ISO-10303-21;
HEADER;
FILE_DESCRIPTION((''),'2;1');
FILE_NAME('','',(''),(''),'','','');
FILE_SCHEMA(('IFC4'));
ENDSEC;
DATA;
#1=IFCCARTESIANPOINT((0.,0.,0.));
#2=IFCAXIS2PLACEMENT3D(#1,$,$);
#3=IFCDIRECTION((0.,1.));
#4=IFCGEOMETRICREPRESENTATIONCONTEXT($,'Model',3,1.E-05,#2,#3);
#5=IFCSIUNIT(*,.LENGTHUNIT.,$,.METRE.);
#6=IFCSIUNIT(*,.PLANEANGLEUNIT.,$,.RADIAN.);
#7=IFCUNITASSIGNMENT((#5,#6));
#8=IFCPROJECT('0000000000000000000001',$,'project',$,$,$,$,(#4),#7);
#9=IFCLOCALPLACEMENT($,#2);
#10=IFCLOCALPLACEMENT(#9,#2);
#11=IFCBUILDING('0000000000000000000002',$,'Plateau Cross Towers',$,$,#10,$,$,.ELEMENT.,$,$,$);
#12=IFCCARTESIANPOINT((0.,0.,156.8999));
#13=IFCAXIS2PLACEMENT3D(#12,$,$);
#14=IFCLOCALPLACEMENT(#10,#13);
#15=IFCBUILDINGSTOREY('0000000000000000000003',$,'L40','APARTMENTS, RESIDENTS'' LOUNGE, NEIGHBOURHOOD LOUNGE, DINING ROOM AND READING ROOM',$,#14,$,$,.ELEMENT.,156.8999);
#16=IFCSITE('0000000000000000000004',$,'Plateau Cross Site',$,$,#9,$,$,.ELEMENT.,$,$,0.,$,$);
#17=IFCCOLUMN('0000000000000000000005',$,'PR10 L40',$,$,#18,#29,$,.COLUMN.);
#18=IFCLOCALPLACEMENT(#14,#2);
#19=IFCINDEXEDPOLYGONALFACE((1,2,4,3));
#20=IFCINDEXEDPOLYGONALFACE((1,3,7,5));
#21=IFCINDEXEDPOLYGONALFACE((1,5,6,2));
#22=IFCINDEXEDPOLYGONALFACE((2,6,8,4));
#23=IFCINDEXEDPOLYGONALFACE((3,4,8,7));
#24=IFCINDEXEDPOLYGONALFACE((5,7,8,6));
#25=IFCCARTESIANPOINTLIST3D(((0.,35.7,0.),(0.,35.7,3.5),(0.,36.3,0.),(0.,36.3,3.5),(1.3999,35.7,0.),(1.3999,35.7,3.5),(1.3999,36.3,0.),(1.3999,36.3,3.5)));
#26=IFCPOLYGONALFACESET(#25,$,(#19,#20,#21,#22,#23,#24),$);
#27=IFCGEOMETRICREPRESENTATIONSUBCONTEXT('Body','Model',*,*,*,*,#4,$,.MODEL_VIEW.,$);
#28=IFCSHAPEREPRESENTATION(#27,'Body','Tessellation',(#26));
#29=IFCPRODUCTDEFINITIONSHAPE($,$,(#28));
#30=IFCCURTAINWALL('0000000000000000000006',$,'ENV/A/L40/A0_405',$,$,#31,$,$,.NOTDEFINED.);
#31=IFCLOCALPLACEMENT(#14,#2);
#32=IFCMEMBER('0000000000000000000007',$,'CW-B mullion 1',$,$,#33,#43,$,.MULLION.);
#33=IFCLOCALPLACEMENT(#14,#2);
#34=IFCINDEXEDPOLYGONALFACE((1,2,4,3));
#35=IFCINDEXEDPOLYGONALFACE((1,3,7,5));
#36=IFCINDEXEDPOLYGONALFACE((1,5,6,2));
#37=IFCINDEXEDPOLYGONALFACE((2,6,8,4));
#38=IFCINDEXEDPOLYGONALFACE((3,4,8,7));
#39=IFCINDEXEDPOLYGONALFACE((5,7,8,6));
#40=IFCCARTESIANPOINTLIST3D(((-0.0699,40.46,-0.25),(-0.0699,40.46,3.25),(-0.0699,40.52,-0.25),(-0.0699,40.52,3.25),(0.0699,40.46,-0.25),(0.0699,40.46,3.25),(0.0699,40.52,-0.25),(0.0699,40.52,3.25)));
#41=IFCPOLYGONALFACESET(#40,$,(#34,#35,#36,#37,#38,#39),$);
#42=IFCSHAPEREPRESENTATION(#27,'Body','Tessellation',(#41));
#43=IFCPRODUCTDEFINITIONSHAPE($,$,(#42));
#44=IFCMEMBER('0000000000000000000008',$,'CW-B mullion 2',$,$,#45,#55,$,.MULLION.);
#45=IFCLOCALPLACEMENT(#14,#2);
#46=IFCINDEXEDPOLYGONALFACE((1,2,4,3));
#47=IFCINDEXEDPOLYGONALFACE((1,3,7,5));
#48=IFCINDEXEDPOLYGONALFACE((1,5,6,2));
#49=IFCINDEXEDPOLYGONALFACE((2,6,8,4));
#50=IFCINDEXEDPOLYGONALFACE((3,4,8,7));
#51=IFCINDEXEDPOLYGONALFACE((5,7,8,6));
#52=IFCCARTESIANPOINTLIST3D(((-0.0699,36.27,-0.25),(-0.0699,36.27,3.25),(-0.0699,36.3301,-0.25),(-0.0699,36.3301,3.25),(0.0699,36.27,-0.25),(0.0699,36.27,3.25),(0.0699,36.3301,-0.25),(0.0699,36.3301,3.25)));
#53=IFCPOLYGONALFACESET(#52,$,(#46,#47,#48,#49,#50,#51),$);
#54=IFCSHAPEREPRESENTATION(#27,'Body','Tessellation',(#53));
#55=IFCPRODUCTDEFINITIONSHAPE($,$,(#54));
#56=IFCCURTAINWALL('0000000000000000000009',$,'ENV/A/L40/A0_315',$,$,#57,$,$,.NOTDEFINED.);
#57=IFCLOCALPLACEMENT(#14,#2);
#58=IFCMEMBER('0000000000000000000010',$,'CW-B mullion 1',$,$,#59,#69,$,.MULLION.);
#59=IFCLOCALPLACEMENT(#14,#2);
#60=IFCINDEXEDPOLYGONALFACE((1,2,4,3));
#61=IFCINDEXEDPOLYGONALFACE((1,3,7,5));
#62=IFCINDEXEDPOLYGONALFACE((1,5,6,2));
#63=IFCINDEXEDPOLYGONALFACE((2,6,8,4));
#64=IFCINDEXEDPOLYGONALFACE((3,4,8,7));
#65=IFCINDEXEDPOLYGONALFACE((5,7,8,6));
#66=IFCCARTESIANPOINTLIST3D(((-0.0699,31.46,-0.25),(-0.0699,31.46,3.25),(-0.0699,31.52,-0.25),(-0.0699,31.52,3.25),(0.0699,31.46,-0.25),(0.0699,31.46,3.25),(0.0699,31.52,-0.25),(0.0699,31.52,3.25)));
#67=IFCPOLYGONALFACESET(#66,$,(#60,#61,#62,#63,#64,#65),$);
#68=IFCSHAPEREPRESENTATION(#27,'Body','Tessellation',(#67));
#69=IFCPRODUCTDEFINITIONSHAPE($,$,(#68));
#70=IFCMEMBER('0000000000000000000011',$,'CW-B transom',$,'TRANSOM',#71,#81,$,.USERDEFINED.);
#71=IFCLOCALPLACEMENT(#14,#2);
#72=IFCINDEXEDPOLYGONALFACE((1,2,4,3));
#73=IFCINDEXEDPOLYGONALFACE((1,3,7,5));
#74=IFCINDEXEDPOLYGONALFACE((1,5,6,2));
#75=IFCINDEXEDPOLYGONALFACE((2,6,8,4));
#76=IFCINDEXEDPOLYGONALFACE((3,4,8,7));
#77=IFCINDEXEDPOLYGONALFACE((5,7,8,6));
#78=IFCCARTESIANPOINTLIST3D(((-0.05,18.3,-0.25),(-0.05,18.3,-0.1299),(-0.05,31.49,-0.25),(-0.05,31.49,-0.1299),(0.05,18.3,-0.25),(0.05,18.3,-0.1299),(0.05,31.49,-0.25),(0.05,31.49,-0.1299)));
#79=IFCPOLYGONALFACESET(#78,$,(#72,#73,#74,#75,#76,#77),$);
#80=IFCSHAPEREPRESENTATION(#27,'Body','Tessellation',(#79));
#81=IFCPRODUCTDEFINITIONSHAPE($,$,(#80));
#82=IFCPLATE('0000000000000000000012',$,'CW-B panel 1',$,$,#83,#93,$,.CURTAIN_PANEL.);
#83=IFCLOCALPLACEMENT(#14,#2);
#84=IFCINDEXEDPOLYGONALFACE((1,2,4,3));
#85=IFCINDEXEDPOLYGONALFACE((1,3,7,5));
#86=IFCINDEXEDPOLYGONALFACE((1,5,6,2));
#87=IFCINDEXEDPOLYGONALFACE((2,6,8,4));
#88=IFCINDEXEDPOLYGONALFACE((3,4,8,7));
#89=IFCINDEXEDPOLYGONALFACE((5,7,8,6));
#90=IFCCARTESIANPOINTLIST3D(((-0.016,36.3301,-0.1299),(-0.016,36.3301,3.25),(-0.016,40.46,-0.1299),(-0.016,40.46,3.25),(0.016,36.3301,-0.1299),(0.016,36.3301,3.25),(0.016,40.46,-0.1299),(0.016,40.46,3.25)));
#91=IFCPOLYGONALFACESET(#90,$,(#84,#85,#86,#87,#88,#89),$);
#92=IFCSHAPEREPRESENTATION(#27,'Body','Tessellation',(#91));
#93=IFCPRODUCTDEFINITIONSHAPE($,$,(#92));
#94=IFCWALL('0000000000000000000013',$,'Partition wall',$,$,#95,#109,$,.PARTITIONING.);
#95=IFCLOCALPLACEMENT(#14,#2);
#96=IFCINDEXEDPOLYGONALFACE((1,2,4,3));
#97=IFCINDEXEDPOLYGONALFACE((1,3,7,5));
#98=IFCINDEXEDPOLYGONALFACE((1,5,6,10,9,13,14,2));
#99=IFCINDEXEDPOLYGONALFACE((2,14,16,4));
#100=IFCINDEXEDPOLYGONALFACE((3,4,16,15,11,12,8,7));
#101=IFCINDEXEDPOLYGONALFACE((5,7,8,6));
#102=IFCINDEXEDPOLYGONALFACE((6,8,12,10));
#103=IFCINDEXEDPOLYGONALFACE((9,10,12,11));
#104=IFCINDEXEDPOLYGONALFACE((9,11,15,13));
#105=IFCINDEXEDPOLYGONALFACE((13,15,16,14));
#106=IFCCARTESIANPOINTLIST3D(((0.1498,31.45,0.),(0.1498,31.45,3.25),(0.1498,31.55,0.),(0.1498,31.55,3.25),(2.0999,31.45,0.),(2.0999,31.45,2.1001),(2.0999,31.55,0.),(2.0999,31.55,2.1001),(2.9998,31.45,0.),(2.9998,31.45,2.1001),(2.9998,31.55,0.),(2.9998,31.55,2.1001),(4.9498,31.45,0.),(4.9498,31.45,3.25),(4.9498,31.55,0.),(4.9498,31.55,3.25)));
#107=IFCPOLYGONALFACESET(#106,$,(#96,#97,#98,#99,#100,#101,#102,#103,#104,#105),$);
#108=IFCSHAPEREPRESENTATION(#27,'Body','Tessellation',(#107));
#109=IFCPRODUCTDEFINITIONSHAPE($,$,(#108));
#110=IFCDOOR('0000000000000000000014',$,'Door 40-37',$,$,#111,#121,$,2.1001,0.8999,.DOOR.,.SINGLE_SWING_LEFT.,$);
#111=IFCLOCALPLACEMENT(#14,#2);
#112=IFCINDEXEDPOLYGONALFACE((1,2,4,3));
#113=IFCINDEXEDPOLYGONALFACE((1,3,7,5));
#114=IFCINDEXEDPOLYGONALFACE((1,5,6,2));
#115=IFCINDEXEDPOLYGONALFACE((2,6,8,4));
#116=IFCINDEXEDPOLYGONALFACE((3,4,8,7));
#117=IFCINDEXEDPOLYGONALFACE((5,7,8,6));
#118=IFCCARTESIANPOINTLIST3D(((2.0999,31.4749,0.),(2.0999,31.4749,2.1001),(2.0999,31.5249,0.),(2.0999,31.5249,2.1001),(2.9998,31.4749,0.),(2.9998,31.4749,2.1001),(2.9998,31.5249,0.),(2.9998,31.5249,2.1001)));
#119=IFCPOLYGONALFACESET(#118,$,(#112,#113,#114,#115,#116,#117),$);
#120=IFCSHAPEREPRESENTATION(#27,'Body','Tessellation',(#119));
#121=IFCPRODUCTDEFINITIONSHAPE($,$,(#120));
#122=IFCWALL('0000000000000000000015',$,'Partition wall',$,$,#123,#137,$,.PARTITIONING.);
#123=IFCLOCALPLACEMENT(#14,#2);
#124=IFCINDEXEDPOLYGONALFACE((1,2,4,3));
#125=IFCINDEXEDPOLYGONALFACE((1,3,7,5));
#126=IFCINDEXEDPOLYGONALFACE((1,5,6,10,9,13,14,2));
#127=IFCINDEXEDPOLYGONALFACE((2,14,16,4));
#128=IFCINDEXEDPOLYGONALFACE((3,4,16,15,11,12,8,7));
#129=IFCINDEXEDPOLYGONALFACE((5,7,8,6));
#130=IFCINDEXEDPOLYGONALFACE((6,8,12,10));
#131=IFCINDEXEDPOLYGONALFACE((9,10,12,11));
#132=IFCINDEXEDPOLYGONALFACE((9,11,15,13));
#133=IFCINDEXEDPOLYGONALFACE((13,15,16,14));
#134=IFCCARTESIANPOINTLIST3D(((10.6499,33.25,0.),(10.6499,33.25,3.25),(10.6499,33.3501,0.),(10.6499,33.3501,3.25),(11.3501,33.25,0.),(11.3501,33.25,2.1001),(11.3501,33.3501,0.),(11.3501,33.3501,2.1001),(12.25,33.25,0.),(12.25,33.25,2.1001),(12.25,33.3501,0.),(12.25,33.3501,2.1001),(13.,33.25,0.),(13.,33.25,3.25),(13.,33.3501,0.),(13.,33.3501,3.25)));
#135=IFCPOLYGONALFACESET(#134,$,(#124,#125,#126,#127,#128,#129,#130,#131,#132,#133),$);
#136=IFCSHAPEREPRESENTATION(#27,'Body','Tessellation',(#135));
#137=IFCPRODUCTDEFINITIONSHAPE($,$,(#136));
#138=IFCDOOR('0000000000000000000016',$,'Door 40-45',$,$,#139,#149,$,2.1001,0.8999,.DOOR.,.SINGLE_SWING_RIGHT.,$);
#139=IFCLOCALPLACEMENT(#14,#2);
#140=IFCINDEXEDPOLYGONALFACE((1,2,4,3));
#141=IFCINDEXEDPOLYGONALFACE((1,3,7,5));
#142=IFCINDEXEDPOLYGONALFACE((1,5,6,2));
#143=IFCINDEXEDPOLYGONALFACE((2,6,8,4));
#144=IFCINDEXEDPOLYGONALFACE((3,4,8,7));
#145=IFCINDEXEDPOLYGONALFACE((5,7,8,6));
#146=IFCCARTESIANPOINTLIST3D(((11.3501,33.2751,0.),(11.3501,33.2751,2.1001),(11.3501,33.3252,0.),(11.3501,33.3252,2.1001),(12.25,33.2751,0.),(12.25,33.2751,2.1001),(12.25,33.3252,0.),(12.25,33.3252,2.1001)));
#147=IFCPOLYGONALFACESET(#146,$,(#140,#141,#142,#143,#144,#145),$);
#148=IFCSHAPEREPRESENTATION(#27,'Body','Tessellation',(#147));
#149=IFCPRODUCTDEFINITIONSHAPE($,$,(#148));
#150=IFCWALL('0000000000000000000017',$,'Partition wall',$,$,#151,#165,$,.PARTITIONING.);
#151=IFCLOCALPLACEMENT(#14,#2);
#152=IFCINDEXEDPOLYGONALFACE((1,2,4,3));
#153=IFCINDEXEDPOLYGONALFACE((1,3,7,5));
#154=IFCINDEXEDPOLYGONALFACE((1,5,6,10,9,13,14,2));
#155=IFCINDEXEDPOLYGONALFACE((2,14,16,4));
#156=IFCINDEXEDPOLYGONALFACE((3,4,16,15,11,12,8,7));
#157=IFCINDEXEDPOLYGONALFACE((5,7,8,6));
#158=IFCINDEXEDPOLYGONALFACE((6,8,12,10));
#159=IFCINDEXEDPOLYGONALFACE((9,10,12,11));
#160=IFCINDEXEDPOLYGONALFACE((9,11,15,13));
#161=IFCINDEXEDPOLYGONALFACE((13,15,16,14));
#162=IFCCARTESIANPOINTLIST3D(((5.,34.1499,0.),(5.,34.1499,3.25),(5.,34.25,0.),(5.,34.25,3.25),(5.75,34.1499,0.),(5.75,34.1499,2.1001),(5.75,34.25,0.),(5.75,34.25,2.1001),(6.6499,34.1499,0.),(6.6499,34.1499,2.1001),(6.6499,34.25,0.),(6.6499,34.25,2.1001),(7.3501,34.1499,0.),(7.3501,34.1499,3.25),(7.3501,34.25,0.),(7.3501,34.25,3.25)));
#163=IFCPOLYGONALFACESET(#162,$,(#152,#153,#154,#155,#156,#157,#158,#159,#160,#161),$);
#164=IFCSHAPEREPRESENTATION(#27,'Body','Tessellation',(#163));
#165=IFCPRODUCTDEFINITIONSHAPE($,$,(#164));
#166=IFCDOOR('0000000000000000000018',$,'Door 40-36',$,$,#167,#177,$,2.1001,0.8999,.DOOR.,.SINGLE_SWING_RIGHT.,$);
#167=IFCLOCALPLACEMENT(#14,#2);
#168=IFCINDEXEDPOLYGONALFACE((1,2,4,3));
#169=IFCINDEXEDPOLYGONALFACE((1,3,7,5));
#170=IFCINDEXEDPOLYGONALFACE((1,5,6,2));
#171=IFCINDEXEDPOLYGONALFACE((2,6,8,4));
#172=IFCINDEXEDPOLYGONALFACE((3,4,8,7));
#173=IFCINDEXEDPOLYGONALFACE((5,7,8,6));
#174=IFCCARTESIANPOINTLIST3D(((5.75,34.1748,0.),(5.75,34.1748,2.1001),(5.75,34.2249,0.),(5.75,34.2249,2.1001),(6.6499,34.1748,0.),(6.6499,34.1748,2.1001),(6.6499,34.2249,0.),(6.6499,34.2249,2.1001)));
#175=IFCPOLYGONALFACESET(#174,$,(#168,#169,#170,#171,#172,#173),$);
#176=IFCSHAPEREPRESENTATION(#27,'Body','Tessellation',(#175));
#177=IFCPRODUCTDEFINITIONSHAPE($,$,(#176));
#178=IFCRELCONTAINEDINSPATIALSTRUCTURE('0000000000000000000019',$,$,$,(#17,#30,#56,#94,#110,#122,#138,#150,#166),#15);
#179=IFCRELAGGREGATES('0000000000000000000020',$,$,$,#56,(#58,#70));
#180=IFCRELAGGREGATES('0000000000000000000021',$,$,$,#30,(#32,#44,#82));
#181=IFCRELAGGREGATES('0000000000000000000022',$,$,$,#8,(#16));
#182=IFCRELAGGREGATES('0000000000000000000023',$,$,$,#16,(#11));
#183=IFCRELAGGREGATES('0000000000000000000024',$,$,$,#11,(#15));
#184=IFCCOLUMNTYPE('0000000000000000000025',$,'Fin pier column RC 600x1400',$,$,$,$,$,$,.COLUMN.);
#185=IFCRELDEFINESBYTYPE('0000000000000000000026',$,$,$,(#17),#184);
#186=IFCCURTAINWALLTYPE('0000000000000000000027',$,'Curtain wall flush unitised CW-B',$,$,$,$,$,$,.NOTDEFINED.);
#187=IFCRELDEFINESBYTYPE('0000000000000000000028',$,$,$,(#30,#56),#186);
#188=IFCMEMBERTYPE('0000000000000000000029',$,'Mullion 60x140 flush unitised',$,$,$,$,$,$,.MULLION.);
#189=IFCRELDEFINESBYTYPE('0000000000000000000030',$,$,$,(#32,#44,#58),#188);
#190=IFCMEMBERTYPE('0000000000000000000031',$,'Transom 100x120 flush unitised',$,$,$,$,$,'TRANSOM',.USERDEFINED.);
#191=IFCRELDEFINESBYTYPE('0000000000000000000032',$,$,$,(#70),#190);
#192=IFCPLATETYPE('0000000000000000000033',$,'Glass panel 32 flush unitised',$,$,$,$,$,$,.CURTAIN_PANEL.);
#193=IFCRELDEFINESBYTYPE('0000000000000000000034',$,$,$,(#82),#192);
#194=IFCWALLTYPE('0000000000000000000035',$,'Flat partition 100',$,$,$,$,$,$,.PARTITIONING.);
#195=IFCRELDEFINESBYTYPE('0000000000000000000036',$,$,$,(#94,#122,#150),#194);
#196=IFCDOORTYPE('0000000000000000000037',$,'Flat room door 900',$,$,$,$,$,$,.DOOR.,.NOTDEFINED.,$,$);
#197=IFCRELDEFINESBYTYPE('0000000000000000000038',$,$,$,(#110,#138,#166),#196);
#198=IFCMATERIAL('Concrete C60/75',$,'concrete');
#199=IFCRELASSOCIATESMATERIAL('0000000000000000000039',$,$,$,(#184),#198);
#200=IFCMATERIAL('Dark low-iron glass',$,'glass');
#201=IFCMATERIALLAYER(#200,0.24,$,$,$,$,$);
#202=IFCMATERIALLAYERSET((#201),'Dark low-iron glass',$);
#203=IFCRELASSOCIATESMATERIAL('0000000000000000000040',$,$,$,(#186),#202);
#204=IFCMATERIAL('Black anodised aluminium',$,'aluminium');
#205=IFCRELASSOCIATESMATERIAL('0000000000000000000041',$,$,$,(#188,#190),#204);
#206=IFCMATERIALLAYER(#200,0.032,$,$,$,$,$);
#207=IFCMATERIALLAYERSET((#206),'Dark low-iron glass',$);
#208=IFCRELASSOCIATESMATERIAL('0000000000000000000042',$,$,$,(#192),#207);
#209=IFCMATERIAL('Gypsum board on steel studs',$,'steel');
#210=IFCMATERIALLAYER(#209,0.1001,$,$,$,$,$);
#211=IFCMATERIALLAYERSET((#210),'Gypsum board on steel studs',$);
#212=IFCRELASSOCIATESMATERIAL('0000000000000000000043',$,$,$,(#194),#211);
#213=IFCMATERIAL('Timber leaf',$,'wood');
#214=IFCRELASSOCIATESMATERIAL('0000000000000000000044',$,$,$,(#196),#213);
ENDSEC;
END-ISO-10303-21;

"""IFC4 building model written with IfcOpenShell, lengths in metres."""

from ifc_helpers import new_model, si_unit, direction, frame, frame_2d, origin, origin_2d, place, context, subcontext, project, spatial, rectangle, extrude, material, layer, layer_set, material_profile, profile_set, type_object, element, fill, aggregate, save


model = new_model("IFC4")

# Units and contexts
model_context = context("Model", 3, precision=1e-05, world=origin(), true_north=direction((0.0, 1.0)))
body_context = subcontext(model_context, "Body", "Model", "MODEL_VIEW")
ifc_project = project(units=[si_unit("LENGTHUNIT", "METRE"), si_unit("PLANEANGLEUNIT", "RADIAN")], contexts=[model_context])

# Site, building, storey
site_placement = place(None, origin())
site = spatial("IfcSite", under=ifc_project, at=site_placement, Name="Plateau Cross Site", CompositionType="ELEMENT", RefElevation=0.0)
building_placement = place(site_placement, origin())
building = spatial("IfcBuilding", under=site, at=building_placement, Name="Plateau Cross Towers", CompositionType="ELEMENT")
storey_placement = place(building_placement, frame((0.0, 0.0, 156.8999)))
storey = spatial("IfcBuildingStorey", under=building, at=storey_placement, Name="L40", Description="APARTMENTS, RESIDENTS' LOUNGE, NEIGHBOURHOOD LOUNGE, DINING ROOM AND READING ROOM", CompositionType="ELEMENT", Elevation=156.8999)

# Column
ifc_material_1 = material(Name="Concrete C60/75", Category="concrete")
ifc_material_profile_1 = material_profile(ifc_material_1, rectangle(XDim=0.6001, YDim=1.3999, at=origin_2d()), Name="RC 600x1400")
ifc_profile_set_1 = profile_set([ifc_material_profile_1], Name="Concrete C60/75")
column_type = type_object("IfcColumnType", Name="Fin pier column RC 600x1400", PredefinedType="COLUMN", material=ifc_profile_set_1)
column_placement = place(storey_placement, frame((0.7, 36.0, 0.0), z_axis=(0.0, 0.0, 1.0), x_axis=(0.0, 1.0, 0.0)))
element("IfcColumn", 1, at=column_placement, inside=storey, type_object=column_type, Name="PR10 L40", PredefinedType="COLUMN", context=body_context, shape_type="SweptSolid", body=[
    extrude(rectangle(XDim=0.6001, YDim=1.3999, at=origin_2d()), origin(), (0.0, 0.0, 1.0), 3.5),
])

# Curtain walls, members
ifc_material_2 = material(Name="Dark low-iron glass", Category="glass")
ifc_layer_1 = layer(ifc_material_2, 0.24)
ifc_layer_set_1 = layer_set([ifc_layer_1], Name="Dark low-iron glass")
curtain_wall_type = type_object("IfcCurtainWallType", Name="Curtain wall flush unitised CW-B", PredefinedType="NOTDEFINED", material=ifc_layer_set_1)
curtain_wall_1_placement = place(storey_placement, origin())
curtain_wall_1 = element("IfcCurtainWall", 2, at=curtain_wall_1_placement, inside=storey, type_object=curtain_wall_type, Name="ENV/A/L40/A0_405", PredefinedType="NOTDEFINED")
ifc_material_3 = material(Name="Black anodised aluminium", Category="aluminium")
ifc_material_profile_2 = material_profile(ifc_material_3, rectangle(XDim=0.0601, YDim=0.1399, at=origin_2d()), Name="MULLION 60x140")
ifc_profile_set_2 = profile_set([ifc_material_profile_2], Name="Black anodised aluminium")
member_type_1 = type_object("IfcMemberType", Name="Mullion 60x140 flush unitised", PredefinedType="MULLION", material=ifc_profile_set_2)
member_1_placement = place(storey_placement, frame((0.0, 40.49, -0.25), z_axis=(0.0, 0.0, 1.0), x_axis=(0.0, -1.0, 0.0)))
member_1 = element("IfcMember", 3, at=member_1_placement, type_object=member_type_1, Name="CW-B mullion 1", PredefinedType="MULLION", context=body_context, shape_type="SweptSolid", body=[
    extrude(rectangle(XDim=0.0601, YDim=0.1399, at=origin_2d()), origin(), (0.0, 0.0, 1.0), 3.5),
])
member_2_placement = place(storey_placement, frame((0.0, 36.3, -0.25), z_axis=(0.0, 0.0, 1.0), x_axis=(0.0, -1.0, 0.0)))
member_2 = element("IfcMember", 4, at=member_2_placement, type_object=member_type_1, Name="CW-B mullion 2", PredefinedType="MULLION", context=body_context, shape_type="SweptSolid", body=[
    extrude(rectangle(XDim=0.0601, YDim=0.1399, at=origin_2d()), origin(), (0.0, 0.0, 1.0), 3.5),
])
curtain_wall_2_placement = place(storey_placement, origin())
curtain_wall_2 = element("IfcCurtainWall", 5, at=curtain_wall_2_placement, inside=storey, type_object=curtain_wall_type, Name="ENV/A/L40/A0_315", PredefinedType="NOTDEFINED")
member_3_placement = place(storey_placement, frame((0.0, 31.49, -0.25), z_axis=(0.0, 0.0, 1.0), x_axis=(0.0, -1.0, 0.0)))
member_3 = element("IfcMember", 6, at=member_3_placement, type_object=member_type_1, Name="CW-B mullion 1", PredefinedType="MULLION", context=body_context, shape_type="SweptSolid", body=[
    extrude(rectangle(XDim=0.0601, YDim=0.1399, at=origin_2d()), origin(), (0.0, 0.0, 1.0), 3.5),
])
ifc_material_profile_3 = material_profile(ifc_material_3, rectangle(XDim=0.1001, YDim=0.1201, at=origin_2d()), Name="TRANSOM 100x120")
ifc_profile_set_3 = profile_set([ifc_material_profile_3], Name="Black anodised aluminium")
member_type_2 = type_object("IfcMemberType", Name="Transom 100x120 flush unitised", ElementType="TRANSOM", PredefinedType="USERDEFINED", material=ifc_profile_set_3)
member_4_placement = place(storey_placement, frame((0.0, 31.49, -0.1899), z_axis=(0.0, -1.0, 0.0), x_axis=(1.0, 0.0, 0.0)))
member_4 = element("IfcMember", 7, at=member_4_placement, type_object=member_type_2, Name="CW-B transom", ObjectType="TRANSOM", PredefinedType="USERDEFINED", context=body_context, shape_type="SweptSolid", body=[
    extrude(rectangle(XDim=0.1001, YDim=0.1201, at=origin_2d()), origin(), (0.0, 0.0, 1.0), 13.1899),
])
aggregate(curtain_wall_2, [member_3, member_4])

# Plate
ifc_layer_2 = layer(ifc_material_2, 0.032)
ifc_layer_set_2 = layer_set([ifc_layer_2], Name="Dark low-iron glass")
plate_type = type_object("IfcPlateType", Name="Glass panel 32 flush unitised", PredefinedType="CURTAIN_PANEL", material=ifc_layer_set_2)
plate_placement = place(storey_placement, frame((0.0, 38.395, -0.1299), z_axis=(0.0, 0.0, 1.0), x_axis=(0.0, -1.0, 0.0)))
plate = element("IfcPlate", 8, at=plate_placement, type_object=plate_type, Name="CW-B panel 1", PredefinedType="CURTAIN_PANEL", context=body_context, shape_type="SweptSolid", body=[
    extrude(rectangle(XDim=4.1299, YDim=0.032, at=origin_2d()), origin(), (0.0, 0.0, 1.0), 3.3799),
])
aggregate(curtain_wall_1, [member_1, member_2, plate])

# Walls, openings, doors
ifc_material_4 = material(Name="Gypsum board on steel studs", Category="steel")
ifc_layer_3 = layer(ifc_material_4, 0.1001)
ifc_layer_set_3 = layer_set([ifc_layer_3], Name="Gypsum board on steel studs")
wall_type_1 = type_object("IfcWallType", Name="Flat partition 100", PredefinedType="PARTITIONING", material=ifc_layer_set_3)
wall_1_placement = place(storey_placement, frame((0.1499, 31.5, 0.0), z_axis=(0.0, 0.0, 1.0), x_axis=(1.0, 0.0, 0.0)))
wall_1 = element("IfcWall", 9, at=wall_1_placement, inside=storey, type_object=wall_type_1, Name="Partition wall", PredefinedType="PARTITIONING", context=body_context, shape_type="SweptSolid", body=[
    extrude(rectangle(XDim=4.8, YDim=0.1001, at=frame_2d((2.3999, 0.0))), origin(), (0.0, 0.0, 1.0), 3.25),
])
opening_1_placement = place(wall_1_placement, frame((1.95, 0.0, 0.0)))
opening_1 = element("IfcOpeningElement", 10, at=opening_1_placement, cuts=wall_1, PredefinedType="OPENING", context=body_context, shape_type="SweptSolid", body=[
    extrude(rectangle(XDim=0.8999, YDim=2.1001, at=frame_2d((0.45, 1.05))), frame((0.0, 0.0601, 0.0), z_axis=(0.0, -1.0, 0.0), x_axis=(1.0, 0.0, 0.0)), (0.0, 0.0, 1.0), 0.1201),
])
ifc_material_5 = material(Name="Timber leaf", Category="wood")
door_type_1 = type_object("IfcDoorType", Name="Flat room door 900", OperationType="NOTDEFINED", PredefinedType="DOOR", material=ifc_material_5)
door_1_placement = place(opening_1_placement, origin())
door_1 = element("IfcDoor", 11, at=door_1_placement, inside=storey, type_object=door_type_1, Name="Door 40-37", OperationType="SINGLE_SWING_LEFT", OverallHeight=2.1001, OverallWidth=0.8999, PredefinedType="DOOR", context=body_context, shape_type="SweptSolid", body=[
    extrude(rectangle(XDim=0.8999, YDim=2.1001, at=frame_2d((0.45, 1.05))), frame((0.0, 0.0249, 0.0), z_axis=(0.0, -1.0, 0.0), x_axis=(1.0, 0.0, 0.0)), (0.0, 0.0, 1.0), 0.05),
])
fill(opening_1, door_1)
wall_2_placement = place(storey_placement, frame((13.0, 33.3, 0.0), z_axis=(0.0, 0.0, 1.0), x_axis=(-1.0, 0.0, 0.0)))
wall_2 = element("IfcWall", 12, at=wall_2_placement, inside=storey, type_object=wall_type_1, Name="Partition wall", PredefinedType="PARTITIONING", context=body_context, shape_type="SweptSolid", body=[
    extrude(rectangle(XDim=2.3501, YDim=0.1001, at=frame_2d((1.175, 0.0))), origin(), (0.0, 0.0, 1.0), 3.25),
])
opening_2_placement = place(wall_2_placement, frame((0.75, 0.0, 0.0)))
opening_2 = element("IfcOpeningElement", 13, at=opening_2_placement, cuts=wall_2, PredefinedType="OPENING", context=body_context, shape_type="SweptSolid", body=[
    extrude(rectangle(XDim=0.8999, YDim=2.1001, at=frame_2d((0.45, 1.05))), frame((0.0, 0.0601, 0.0), z_axis=(0.0, -1.0, 0.0), x_axis=(1.0, 0.0, 0.0)), (0.0, 0.0, 1.0), 0.1201),
])
door_2_placement = place(opening_2_placement, origin())
door_2 = element("IfcDoor", 14, at=door_2_placement, inside=storey, type_object=door_type_1, Name="Door 40-45", OperationType="SINGLE_SWING_RIGHT", OverallHeight=2.1001, OverallWidth=0.8999, PredefinedType="DOOR", context=body_context, shape_type="SweptSolid", body=[
    extrude(rectangle(XDim=0.8999, YDim=2.1001, at=frame_2d((0.45, 1.05))), frame((0.0, 0.0249, 0.0), z_axis=(0.0, -1.0, 0.0), x_axis=(1.0, 0.0, 0.0)), (0.0, 0.0, 1.0), 0.05),
])
fill(opening_2, door_2)
wall_3_placement = place(storey_placement, frame((5.0, 34.2, 0.0), z_axis=(0.0, 0.0, 1.0), x_axis=(1.0, 0.0, 0.0)))
wall_3 = element("IfcWall", 15, at=wall_3_placement, inside=storey, type_object=wall_type_1, Name="Partition wall", PredefinedType="PARTITIONING", context=body_context, shape_type="SweptSolid", body=[
    extrude(rectangle(XDim=2.3501, YDim=0.1001, at=frame_2d((1.175, 0.0))), origin(), (0.0, 0.0, 1.0), 3.25),
])
opening_3_placement = place(wall_3_placement, frame((0.75, 0.0, 0.0)))
opening_3 = element("IfcOpeningElement", 16, at=opening_3_placement, cuts=wall_3, PredefinedType="OPENING", context=body_context, shape_type="SweptSolid", body=[
    extrude(rectangle(XDim=0.8999, YDim=2.1001, at=frame_2d((0.45, 1.05))), frame((0.0, 0.0601, 0.0), z_axis=(0.0, -1.0, 0.0), x_axis=(1.0, 0.0, 0.0)), (0.0, 0.0, 1.0), 0.1201),
])
door_3_placement = place(opening_3_placement, origin())
door_3 = element("IfcDoor", 17, at=door_3_placement, inside=storey, type_object=door_type_1, Name="Door 40-36", OperationType="SINGLE_SWING_RIGHT", OverallHeight=2.1001, OverallWidth=0.8999, PredefinedType="DOOR", context=body_context, shape_type="SweptSolid", body=[
    extrude(rectangle(XDim=0.8999, YDim=2.1001, at=frame_2d((0.45, 1.05))), frame((0.0, 0.0249, 0.0), z_axis=(0.0, -1.0, 0.0), x_axis=(1.0, 0.0, 0.0)), (0.0, 0.0, 1.0), 0.05),
])
fill(opening_3, door_3)

save(model, "model.ifc")
